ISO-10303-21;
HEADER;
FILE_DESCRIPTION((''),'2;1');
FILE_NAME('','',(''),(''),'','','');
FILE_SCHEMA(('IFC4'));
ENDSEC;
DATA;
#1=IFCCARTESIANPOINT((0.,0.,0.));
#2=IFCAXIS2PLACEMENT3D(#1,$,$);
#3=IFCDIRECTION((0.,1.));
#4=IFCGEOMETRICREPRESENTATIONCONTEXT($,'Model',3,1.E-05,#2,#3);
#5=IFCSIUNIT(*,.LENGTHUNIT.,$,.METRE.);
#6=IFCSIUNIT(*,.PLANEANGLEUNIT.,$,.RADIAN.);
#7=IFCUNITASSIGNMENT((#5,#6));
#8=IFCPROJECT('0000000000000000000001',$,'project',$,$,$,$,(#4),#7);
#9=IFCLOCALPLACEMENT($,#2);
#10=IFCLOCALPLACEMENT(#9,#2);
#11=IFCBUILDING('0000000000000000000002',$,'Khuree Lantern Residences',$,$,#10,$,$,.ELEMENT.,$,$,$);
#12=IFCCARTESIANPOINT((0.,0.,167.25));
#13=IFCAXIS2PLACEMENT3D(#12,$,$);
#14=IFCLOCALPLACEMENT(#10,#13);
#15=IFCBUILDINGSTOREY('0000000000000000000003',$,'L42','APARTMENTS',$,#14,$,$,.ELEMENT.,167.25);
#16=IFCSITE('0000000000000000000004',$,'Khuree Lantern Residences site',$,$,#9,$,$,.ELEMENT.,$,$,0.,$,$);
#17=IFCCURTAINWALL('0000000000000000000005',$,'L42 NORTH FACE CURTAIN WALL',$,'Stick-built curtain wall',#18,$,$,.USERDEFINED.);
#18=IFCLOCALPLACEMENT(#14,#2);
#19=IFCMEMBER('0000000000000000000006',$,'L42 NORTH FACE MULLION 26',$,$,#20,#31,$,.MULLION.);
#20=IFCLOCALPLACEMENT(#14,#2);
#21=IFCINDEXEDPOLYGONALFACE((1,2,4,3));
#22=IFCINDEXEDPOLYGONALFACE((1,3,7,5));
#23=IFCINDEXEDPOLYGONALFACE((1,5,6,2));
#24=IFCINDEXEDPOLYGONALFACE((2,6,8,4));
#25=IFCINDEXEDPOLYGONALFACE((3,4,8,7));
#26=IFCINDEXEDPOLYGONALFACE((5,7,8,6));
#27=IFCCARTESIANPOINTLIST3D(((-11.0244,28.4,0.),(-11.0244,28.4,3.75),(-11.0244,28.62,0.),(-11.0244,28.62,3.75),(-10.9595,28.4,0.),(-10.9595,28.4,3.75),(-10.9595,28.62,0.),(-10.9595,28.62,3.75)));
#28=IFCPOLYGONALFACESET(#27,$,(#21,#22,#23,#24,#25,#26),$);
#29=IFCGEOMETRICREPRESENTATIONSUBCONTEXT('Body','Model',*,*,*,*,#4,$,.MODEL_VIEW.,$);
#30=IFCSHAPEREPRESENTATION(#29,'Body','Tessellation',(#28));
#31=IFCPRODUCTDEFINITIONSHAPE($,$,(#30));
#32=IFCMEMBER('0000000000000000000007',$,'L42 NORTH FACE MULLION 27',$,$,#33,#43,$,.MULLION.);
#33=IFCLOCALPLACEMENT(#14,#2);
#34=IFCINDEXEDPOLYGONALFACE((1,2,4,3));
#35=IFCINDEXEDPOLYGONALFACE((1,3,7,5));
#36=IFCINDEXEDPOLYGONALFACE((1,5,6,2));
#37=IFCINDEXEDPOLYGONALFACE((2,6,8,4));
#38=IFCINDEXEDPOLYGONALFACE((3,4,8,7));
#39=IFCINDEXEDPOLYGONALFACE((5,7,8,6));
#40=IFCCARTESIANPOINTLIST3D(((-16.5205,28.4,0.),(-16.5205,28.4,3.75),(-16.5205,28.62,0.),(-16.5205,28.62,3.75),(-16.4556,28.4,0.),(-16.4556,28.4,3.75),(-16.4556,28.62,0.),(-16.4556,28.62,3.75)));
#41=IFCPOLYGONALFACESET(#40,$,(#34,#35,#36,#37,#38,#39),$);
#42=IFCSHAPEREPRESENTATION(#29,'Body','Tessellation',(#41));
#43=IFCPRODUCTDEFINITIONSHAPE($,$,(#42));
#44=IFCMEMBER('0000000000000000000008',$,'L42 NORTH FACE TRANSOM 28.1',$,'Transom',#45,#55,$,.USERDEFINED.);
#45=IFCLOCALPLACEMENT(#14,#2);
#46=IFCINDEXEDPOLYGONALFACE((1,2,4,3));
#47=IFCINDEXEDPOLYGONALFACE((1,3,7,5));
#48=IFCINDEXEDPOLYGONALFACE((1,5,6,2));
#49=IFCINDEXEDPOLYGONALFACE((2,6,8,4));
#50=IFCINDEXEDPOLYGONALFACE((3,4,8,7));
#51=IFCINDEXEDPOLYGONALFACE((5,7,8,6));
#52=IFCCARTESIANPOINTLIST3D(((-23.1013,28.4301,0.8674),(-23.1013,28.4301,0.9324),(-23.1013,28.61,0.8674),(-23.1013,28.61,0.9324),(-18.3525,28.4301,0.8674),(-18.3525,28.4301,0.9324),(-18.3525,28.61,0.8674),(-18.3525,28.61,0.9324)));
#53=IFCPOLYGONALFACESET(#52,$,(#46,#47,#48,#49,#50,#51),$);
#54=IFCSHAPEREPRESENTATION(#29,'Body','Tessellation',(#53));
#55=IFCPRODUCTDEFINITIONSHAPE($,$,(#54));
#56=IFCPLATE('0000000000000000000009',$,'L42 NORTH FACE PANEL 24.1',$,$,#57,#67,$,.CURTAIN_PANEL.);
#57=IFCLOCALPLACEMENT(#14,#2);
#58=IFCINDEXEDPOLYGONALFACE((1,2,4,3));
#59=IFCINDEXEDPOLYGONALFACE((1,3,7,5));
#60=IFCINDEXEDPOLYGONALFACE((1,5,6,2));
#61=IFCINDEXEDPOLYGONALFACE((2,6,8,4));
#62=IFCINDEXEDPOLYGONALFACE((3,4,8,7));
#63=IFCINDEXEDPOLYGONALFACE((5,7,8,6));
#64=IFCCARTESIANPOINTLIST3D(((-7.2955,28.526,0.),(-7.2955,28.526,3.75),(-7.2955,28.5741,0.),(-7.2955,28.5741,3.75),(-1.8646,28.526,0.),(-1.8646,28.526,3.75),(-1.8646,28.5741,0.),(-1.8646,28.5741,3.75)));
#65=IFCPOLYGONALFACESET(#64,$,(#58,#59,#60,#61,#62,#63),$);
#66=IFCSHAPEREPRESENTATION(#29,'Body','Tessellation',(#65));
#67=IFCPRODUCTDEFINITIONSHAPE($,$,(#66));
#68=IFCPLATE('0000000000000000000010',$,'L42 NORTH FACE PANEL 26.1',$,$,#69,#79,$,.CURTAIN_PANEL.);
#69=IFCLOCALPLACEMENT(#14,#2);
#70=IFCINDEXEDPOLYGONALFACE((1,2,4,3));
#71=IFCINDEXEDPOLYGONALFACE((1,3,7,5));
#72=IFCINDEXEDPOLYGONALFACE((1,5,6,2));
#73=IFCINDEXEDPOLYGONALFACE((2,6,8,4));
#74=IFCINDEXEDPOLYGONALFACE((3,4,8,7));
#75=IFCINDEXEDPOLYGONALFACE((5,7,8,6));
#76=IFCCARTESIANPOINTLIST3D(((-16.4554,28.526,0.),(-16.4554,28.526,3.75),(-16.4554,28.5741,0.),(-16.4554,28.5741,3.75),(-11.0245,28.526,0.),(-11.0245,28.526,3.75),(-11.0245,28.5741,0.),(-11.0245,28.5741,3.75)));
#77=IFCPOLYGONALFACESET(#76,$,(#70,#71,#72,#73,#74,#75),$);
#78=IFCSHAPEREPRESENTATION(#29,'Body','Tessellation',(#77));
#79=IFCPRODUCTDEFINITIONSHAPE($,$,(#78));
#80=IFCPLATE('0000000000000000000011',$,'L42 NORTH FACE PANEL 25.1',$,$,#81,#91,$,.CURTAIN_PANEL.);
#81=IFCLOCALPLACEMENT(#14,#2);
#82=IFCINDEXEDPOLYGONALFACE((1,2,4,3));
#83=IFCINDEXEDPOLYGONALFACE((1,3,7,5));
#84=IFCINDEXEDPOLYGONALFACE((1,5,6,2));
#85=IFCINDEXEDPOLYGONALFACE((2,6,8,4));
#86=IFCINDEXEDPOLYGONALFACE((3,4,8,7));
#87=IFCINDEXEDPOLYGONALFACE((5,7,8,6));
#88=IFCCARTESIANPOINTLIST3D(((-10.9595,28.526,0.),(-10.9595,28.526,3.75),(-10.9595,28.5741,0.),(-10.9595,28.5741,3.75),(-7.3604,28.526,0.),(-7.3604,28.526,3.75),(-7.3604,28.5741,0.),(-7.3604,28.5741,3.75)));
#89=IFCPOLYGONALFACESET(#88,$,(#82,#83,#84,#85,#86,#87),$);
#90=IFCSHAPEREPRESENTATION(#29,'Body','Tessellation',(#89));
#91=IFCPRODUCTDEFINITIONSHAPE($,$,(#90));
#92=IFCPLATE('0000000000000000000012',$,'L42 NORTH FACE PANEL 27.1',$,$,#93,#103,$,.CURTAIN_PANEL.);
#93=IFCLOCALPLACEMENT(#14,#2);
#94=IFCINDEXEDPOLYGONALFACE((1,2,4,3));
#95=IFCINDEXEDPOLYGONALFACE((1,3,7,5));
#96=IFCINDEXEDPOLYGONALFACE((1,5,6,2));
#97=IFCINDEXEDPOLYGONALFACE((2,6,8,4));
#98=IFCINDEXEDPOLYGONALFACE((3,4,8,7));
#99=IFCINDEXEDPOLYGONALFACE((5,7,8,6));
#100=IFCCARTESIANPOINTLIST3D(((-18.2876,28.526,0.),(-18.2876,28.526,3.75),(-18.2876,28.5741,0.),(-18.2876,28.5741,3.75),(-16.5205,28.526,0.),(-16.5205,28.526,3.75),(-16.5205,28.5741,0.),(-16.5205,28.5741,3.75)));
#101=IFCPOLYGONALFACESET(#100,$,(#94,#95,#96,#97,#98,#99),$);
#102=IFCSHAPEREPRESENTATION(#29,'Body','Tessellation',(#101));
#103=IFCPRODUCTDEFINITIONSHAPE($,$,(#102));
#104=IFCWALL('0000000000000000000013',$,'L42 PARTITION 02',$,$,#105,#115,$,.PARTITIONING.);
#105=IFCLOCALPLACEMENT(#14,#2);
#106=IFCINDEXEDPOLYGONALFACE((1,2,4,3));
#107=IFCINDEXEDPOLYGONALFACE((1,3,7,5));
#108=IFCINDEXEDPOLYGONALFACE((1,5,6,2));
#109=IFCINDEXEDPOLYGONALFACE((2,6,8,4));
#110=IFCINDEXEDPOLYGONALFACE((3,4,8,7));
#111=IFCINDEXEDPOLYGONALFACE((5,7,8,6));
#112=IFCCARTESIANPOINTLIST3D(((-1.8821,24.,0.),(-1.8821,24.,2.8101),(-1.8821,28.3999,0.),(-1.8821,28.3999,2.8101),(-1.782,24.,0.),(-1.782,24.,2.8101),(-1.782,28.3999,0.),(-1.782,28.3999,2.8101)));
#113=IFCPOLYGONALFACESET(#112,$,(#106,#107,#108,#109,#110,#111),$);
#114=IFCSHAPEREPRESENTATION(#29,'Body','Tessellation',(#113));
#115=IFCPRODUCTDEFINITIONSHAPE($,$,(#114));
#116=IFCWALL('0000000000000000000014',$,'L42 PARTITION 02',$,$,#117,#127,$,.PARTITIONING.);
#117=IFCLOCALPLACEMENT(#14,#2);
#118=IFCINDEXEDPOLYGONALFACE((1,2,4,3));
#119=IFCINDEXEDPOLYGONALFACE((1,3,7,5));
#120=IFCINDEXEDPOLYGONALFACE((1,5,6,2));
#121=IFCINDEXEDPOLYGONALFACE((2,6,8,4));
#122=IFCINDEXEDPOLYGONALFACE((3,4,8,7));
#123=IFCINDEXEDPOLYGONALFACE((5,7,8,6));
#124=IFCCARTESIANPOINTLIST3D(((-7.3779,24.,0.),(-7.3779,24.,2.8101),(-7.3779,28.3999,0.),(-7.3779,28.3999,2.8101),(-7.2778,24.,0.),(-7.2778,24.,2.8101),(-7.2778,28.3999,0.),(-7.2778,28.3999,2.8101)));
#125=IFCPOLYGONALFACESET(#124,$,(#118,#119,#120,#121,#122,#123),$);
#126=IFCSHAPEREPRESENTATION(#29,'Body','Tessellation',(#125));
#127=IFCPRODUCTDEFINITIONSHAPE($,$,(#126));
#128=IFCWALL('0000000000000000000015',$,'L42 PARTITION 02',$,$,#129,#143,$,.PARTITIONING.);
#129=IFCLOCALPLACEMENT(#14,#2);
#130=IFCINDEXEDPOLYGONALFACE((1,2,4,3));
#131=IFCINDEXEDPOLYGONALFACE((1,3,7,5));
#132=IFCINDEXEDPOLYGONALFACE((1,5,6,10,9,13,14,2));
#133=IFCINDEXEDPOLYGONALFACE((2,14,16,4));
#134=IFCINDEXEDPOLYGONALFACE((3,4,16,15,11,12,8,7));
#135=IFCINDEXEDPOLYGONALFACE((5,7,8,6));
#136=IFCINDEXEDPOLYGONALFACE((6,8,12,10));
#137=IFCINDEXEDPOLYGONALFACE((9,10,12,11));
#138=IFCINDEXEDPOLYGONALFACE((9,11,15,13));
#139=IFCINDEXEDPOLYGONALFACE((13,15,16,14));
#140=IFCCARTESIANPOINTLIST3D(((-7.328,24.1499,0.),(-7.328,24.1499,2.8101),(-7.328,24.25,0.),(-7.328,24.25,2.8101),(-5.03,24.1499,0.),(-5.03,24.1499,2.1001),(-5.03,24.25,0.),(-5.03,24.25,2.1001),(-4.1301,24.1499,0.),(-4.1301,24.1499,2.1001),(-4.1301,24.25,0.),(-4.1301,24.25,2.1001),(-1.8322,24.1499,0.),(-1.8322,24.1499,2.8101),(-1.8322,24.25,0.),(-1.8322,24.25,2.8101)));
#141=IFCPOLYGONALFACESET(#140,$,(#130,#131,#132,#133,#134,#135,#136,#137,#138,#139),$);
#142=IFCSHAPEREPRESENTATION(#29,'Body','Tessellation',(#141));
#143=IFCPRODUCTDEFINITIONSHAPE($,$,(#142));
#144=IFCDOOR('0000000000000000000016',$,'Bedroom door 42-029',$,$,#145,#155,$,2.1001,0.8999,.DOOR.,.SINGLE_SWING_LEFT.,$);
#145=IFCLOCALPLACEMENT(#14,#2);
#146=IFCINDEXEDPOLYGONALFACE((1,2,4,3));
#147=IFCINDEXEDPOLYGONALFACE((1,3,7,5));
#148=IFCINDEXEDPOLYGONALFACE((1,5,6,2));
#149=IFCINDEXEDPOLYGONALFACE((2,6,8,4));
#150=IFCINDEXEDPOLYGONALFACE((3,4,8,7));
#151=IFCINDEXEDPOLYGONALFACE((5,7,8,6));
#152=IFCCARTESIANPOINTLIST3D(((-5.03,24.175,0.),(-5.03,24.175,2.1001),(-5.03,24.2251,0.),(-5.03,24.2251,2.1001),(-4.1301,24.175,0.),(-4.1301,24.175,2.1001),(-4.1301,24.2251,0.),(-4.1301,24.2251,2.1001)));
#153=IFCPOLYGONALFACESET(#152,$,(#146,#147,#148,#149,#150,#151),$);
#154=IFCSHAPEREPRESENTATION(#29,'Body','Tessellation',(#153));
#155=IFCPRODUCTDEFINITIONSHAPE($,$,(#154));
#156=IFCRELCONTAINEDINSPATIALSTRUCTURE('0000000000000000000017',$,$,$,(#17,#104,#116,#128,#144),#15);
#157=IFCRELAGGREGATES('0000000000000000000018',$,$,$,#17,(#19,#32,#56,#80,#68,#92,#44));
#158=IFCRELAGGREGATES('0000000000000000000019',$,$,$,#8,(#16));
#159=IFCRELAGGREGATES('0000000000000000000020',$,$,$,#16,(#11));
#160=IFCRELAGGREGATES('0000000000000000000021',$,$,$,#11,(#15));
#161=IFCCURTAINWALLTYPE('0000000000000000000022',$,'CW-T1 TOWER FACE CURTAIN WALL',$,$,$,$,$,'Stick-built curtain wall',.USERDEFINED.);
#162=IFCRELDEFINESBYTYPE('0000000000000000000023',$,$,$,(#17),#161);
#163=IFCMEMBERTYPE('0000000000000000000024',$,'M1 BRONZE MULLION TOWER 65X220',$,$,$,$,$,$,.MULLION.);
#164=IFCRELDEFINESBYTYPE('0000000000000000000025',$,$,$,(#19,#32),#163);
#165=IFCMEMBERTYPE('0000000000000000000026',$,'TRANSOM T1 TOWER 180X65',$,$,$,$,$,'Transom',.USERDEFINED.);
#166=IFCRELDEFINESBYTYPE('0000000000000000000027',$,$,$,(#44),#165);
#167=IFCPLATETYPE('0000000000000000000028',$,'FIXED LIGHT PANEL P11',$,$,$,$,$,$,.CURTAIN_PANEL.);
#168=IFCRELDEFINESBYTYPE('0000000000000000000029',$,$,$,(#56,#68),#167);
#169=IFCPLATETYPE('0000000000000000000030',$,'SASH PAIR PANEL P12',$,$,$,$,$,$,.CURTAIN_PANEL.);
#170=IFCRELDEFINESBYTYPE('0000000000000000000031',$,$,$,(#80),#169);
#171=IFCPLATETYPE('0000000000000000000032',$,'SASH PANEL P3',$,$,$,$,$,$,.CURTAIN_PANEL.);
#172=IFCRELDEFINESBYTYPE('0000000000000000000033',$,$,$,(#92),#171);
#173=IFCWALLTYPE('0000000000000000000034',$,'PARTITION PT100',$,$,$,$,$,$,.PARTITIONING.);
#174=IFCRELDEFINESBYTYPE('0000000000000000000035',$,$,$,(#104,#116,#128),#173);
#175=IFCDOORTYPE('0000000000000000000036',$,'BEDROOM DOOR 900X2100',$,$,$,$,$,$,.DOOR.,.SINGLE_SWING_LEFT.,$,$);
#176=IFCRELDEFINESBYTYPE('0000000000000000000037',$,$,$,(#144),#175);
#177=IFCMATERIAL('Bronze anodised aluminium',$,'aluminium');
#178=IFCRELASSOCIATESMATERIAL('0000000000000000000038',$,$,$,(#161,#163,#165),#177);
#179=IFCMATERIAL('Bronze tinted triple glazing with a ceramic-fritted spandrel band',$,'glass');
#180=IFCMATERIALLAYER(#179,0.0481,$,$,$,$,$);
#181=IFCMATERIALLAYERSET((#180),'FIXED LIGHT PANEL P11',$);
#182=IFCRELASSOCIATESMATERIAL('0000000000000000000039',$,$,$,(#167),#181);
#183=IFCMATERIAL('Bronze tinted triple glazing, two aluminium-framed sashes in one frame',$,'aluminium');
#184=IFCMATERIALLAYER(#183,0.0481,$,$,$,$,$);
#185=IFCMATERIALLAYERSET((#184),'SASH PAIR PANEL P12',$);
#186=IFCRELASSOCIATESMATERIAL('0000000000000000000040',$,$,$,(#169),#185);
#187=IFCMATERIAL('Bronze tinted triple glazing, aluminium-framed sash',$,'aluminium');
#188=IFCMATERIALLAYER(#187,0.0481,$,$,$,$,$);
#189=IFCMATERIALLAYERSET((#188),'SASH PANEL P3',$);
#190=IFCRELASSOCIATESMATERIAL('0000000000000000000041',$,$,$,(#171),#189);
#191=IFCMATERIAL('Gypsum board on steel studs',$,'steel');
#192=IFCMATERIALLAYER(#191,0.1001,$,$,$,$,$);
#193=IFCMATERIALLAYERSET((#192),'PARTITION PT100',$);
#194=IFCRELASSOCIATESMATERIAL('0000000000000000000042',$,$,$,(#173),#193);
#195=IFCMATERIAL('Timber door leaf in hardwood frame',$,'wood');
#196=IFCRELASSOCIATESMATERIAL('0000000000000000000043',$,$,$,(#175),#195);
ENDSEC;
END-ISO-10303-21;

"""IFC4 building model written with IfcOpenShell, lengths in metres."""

from ifc_helpers import new_model, si_unit, direction, frame, frame_2d, origin, origin_2d, place, context, subcontext, project, spatial, rectangle, extrude, material, layer, layer_set, material_profile, profile_set, type_object, element, fill, aggregate, save


model = new_model("IFC4")

# Units and contexts
model_context = context("Model", 3, precision=1e-05, world=origin(), true_north=direction((0.0, 1.0)))
body_context = subcontext(model_context, "Body", "Model", "MODEL_VIEW")
ifc_project = project(units=[si_unit("LENGTHUNIT", "METRE"), si_unit("PLANEANGLEUNIT", "RADIAN")], contexts=[model_context])

# Site, building, storey
site_placement = place(None, origin())
site = spatial("IfcSite", under=ifc_project, at=site_placement, Name="Khuree Lantern Residences site", CompositionType="ELEMENT", RefElevation=0.0)
building_placement = place(site_placement, origin())
building = spatial("IfcBuilding", under=site, at=building_placement, Name="Khuree Lantern Residences", CompositionType="ELEMENT")
storey_placement = place(building_placement, frame((0.0, 0.0, 167.25)))
storey = spatial("IfcBuildingStorey", under=building, at=storey_placement, Name="L42", Description="APARTMENTS", CompositionType="ELEMENT", Elevation=167.25)

# Curtain wall
ifc_material_1 = material(Name="Bronze anodised aluminium", Category="aluminium")
curtain_wall_type = type_object("IfcCurtainWallType", Name="CW-T1 TOWER FACE CURTAIN WALL", ElementType="Stick-built curtain wall", PredefinedType="USERDEFINED", material=ifc_material_1)
curtain_wall_placement = place(storey_placement, origin())
curtain_wall = element("IfcCurtainWall", 1, at=curtain_wall_placement, inside=storey, type_object=curtain_wall_type, Name="L42 NORTH FACE CURTAIN WALL", ObjectType="Stick-built curtain wall", PredefinedType="USERDEFINED")

# Members
ifc_material_profile_1 = material_profile(ifc_material_1, rectangle(XDim=0.0649, YDim=0.22, at=origin_2d()), Name="M1 65X220")
ifc_profile_set_1 = profile_set([ifc_material_profile_1], Name="Bronze anodised aluminium")
member_type_1 = type_object("IfcMemberType", Name="M1 BRONZE MULLION TOWER 65X220", PredefinedType="MULLION", material=ifc_profile_set_1)
member_1_placement = place(storey_placement, frame((-10.9919, 28.51, 0.0), z_axis=(0.0, 0.0, 1.0), x_axis=(-1.0, 0.0, 0.0)))
member_1 = element("IfcMember", 2, at=member_1_placement, type_object=member_type_1, Name="L42 NORTH FACE MULLION 26", PredefinedType="MULLION", context=body_context, shape_type="SweptSolid", body=[
    extrude(rectangle(XDim=0.0649, YDim=0.22, at=origin_2d()), origin(), (0.0, 0.0, 1.0), 3.75),
])
member_2_placement = place(storey_placement, frame((-16.488, 28.51, 0.0), z_axis=(0.0, 0.0, 1.0), x_axis=(-1.0, 0.0, 0.0)))
member_2 = element("IfcMember", 3, at=member_2_placement, type_object=member_type_1, Name="L42 NORTH FACE MULLION 27", PredefinedType="MULLION", context=body_context, shape_type="SweptSolid", body=[
    extrude(rectangle(XDim=0.0649, YDim=0.22, at=origin_2d()), origin(), (0.0, 0.0, 1.0), 3.75),
])
ifc_material_profile_2 = material_profile(ifc_material_1, rectangle(XDim=0.1799, YDim=0.0649, at=origin_2d()), Name="T1 180X65")
ifc_profile_set_2 = profile_set([ifc_material_profile_2], Name="Bronze anodised aluminium")
member_type_2 = type_object("IfcMemberType", Name="TRANSOM T1 TOWER 180X65", ElementType="Transom", PredefinedType="USERDEFINED", material=ifc_profile_set_2)
member_3_placement = place(storey_placement, frame((-18.3525, 28.52, 0.8999), z_axis=(-1.0, 0.0, 0.0), x_axis=(0.0, -1.0, 0.0)))
member_3 = element("IfcMember", 4, at=member_3_placement, type_object=member_type_2, Name="L42 NORTH FACE TRANSOM 28.1", ObjectType="Transom", PredefinedType="USERDEFINED", context=body_context, shape_type="SweptSolid", body=[
    extrude(rectangle(XDim=0.1799, YDim=0.0649, at=origin_2d()), origin(), (0.0, 0.0, 1.0), 4.7488),
])

# Plates
ifc_material_2 = material(Name="Bronze tinted triple glazing with a ceramic-fritted spandrel band", Category="glass")
ifc_layer_1 = layer(ifc_material_2, 0.0481)
ifc_layer_set_1 = layer_set([ifc_layer_1], Name="FIXED LIGHT PANEL P11")
plate_type_1 = type_object("IfcPlateType", Name="FIXED LIGHT PANEL P11", PredefinedType="CURTAIN_PANEL", material=ifc_layer_set_1)
plate_1_placement = place(storey_placement, frame((-4.5801, 28.55, 0.0), z_axis=(0.0, 0.0, 1.0), x_axis=(-1.0, 0.0, 0.0)))
plate_1 = element("IfcPlate", 5, at=plate_1_placement, type_object=plate_type_1, Name="L42 NORTH FACE PANEL 24.1", PredefinedType="CURTAIN_PANEL", context=body_context, shape_type="SweptSolid", body=[
    extrude(rectangle(XDim=5.4309, YDim=0.0481, at=origin_2d()), origin(), (0.0, 0.0, 1.0), 3.75),
])
plate_2_placement = place(storey_placement, frame((-13.74, 28.55, 0.0), z_axis=(0.0, 0.0, 1.0), x_axis=(-1.0, 0.0, 0.0)))
plate_2 = element("IfcPlate", 6, at=plate_2_placement, type_object=plate_type_1, Name="L42 NORTH FACE PANEL 26.1", PredefinedType="CURTAIN_PANEL", context=body_context, shape_type="SweptSolid", body=[
    extrude(rectangle(XDim=5.4309, YDim=0.0481, at=origin_2d()), origin(), (0.0, 0.0, 1.0), 3.75),
])
ifc_material_3 = material(Name="Bronze tinted triple glazing, two aluminium-framed sashes in one frame", Category="aluminium")
ifc_layer_2 = layer(ifc_material_3, 0.0481)
ifc_layer_set_2 = layer_set([ifc_layer_2], Name="SASH PAIR PANEL P12")
plate_type_2 = type_object("IfcPlateType", Name="SASH PAIR PANEL P12", PredefinedType="CURTAIN_PANEL", material=ifc_layer_set_2)
plate_3_placement = place(storey_placement, frame((-9.1599, 28.55, 0.0), z_axis=(0.0, 0.0, 1.0), x_axis=(-1.0, 0.0, 0.0)))
plate_3 = element("IfcPlate", 7, at=plate_3_placement, type_object=plate_type_2, Name="L42 NORTH FACE PANEL 25.1", PredefinedType="CURTAIN_PANEL", context=body_context, shape_type="SweptSolid", body=[
    extrude(rectangle(XDim=3.5991, YDim=0.0481, at=origin_2d()), origin(), (0.0, 0.0, 1.0), 3.75),
])
ifc_material_4 = material(Name="Bronze tinted triple glazing, aluminium-framed sash", Category="aluminium")
ifc_layer_3 = layer(ifc_material_4, 0.0481)
ifc_layer_set_3 = layer_set([ifc_layer_3], Name="SASH PANEL P3")
plate_type_3 = type_object("IfcPlateType", Name="SASH PANEL P3", PredefinedType="CURTAIN_PANEL", material=ifc_layer_set_3)
plate_4_placement = place(storey_placement, frame((-17.4041, 28.55, 0.0), z_axis=(0.0, 0.0, 1.0), x_axis=(-1.0, 0.0, 0.0)))
plate_4 = element("IfcPlate", 8, at=plate_4_placement, type_object=plate_type_3, Name="L42 NORTH FACE PANEL 27.1", PredefinedType="CURTAIN_PANEL", context=body_context, shape_type="SweptSolid", body=[
    extrude(rectangle(XDim=1.7671, YDim=0.0481, at=origin_2d()), origin(), (0.0, 0.0, 1.0), 3.75),
])
aggregate(curtain_wall, [member_1, member_2, plate_1, plate_3, plate_2, plate_4, member_3])

# Walls
ifc_material_5 = material(Name="Gypsum board on steel studs", Category="steel")
ifc_layer_4 = layer(ifc_material_5, 0.1001)
ifc_layer_set_4 = layer_set([ifc_layer_4], Name="PARTITION PT100")
wall_type = type_object("IfcWallType", Name="PARTITION PT100", PredefinedType="PARTITIONING", material=ifc_layer_set_4)
for number, where, z_axis, x_axis, name in (
    (9, (-1.832, 24.0, 0.0), (0.0, 0.0, 1.0), (0.0, 1.0, 0.0), "L42 PARTITION 02"),
    (10, (-7.3279, 24.0, 0.0), (0.0, 0.0, 1.0), (0.0, 1.0, 0.0), "L42 PARTITION 02"),
):
    element("IfcWall", number, at=place(storey_placement, frame(where, z_axis=z_axis, x_axis=x_axis)), inside=storey, type_object=wall_type, Name=name, PredefinedType="PARTITIONING", context=body_context, shape_type="SweptSolid", body=[
        extrude(rectangle(XDim=4.3999, YDim=0.1001, at=frame_2d((2.2, 0.0))), origin(), (0.0, 0.0, 1.0), 2.8101),
    ])

# Wall, opening, door
wall_1_placement = place(storey_placement, frame((-1.832, 24.2, 0.0), z_axis=(0.0, 0.0, 1.0), x_axis=(-1.0, 0.0, 0.0)))
wall_1 = element("IfcWall", 11, at=wall_1_placement, inside=storey, type_object=wall_type, Name="L42 PARTITION 02", PredefinedType="PARTITIONING", context=body_context, shape_type="SweptSolid", body=[
    extrude(rectangle(XDim=5.4958, YDim=0.1001, at=frame_2d((2.748, 0.0))), origin(), (0.0, 0.0, 1.0), 2.8101),
])
opening_1_placement = place(wall_1_placement, frame((2.2981, 0.0, 0.0)))
opening_1 = element("IfcOpeningElement", 12, at=opening_1_placement, cuts=wall_1, PredefinedType="OPENING", context=body_context, shape_type="SweptSolid", body=[
    extrude(rectangle(XDim=0.8999, YDim=2.1001, at=frame_2d((0.45, 1.05))), frame((0.0, 0.0601, 0.0), z_axis=(0.0, -1.0, 0.0), x_axis=(1.0, 0.0, 0.0)), (0.0, 0.0, 1.0), 0.1201),
])
ifc_material_6 = material(Name="Timber door leaf in hardwood frame", Category="wood")
door_type = type_object("IfcDoorType", Name="BEDROOM DOOR 900X2100", OperationType="SINGLE_SWING_LEFT", PredefinedType="DOOR", material=ifc_material_6)
door_1_placement = place(opening_1_placement, origin())
door_1 = element("IfcDoor", 13, at=door_1_placement, inside=storey, type_object=door_type, Name="Bedroom door 42-029", OperationType="SINGLE_SWING_LEFT", OverallHeight=2.1001, OverallWidth=0.8999, PredefinedType="DOOR", context=body_context, shape_type="SweptSolid", body=[
    extrude(rectangle(XDim=0.8999, YDim=2.1001, at=frame_2d((0.45, 1.05))), frame((0.0, 0.0249, 0.0), z_axis=(0.0, -1.0, 0.0), x_axis=(1.0, 0.0, 0.0)), (0.0, 0.0, 1.0), 0.05),
])
fill(opening_1, door_1)

save(model, "model.ifc")
